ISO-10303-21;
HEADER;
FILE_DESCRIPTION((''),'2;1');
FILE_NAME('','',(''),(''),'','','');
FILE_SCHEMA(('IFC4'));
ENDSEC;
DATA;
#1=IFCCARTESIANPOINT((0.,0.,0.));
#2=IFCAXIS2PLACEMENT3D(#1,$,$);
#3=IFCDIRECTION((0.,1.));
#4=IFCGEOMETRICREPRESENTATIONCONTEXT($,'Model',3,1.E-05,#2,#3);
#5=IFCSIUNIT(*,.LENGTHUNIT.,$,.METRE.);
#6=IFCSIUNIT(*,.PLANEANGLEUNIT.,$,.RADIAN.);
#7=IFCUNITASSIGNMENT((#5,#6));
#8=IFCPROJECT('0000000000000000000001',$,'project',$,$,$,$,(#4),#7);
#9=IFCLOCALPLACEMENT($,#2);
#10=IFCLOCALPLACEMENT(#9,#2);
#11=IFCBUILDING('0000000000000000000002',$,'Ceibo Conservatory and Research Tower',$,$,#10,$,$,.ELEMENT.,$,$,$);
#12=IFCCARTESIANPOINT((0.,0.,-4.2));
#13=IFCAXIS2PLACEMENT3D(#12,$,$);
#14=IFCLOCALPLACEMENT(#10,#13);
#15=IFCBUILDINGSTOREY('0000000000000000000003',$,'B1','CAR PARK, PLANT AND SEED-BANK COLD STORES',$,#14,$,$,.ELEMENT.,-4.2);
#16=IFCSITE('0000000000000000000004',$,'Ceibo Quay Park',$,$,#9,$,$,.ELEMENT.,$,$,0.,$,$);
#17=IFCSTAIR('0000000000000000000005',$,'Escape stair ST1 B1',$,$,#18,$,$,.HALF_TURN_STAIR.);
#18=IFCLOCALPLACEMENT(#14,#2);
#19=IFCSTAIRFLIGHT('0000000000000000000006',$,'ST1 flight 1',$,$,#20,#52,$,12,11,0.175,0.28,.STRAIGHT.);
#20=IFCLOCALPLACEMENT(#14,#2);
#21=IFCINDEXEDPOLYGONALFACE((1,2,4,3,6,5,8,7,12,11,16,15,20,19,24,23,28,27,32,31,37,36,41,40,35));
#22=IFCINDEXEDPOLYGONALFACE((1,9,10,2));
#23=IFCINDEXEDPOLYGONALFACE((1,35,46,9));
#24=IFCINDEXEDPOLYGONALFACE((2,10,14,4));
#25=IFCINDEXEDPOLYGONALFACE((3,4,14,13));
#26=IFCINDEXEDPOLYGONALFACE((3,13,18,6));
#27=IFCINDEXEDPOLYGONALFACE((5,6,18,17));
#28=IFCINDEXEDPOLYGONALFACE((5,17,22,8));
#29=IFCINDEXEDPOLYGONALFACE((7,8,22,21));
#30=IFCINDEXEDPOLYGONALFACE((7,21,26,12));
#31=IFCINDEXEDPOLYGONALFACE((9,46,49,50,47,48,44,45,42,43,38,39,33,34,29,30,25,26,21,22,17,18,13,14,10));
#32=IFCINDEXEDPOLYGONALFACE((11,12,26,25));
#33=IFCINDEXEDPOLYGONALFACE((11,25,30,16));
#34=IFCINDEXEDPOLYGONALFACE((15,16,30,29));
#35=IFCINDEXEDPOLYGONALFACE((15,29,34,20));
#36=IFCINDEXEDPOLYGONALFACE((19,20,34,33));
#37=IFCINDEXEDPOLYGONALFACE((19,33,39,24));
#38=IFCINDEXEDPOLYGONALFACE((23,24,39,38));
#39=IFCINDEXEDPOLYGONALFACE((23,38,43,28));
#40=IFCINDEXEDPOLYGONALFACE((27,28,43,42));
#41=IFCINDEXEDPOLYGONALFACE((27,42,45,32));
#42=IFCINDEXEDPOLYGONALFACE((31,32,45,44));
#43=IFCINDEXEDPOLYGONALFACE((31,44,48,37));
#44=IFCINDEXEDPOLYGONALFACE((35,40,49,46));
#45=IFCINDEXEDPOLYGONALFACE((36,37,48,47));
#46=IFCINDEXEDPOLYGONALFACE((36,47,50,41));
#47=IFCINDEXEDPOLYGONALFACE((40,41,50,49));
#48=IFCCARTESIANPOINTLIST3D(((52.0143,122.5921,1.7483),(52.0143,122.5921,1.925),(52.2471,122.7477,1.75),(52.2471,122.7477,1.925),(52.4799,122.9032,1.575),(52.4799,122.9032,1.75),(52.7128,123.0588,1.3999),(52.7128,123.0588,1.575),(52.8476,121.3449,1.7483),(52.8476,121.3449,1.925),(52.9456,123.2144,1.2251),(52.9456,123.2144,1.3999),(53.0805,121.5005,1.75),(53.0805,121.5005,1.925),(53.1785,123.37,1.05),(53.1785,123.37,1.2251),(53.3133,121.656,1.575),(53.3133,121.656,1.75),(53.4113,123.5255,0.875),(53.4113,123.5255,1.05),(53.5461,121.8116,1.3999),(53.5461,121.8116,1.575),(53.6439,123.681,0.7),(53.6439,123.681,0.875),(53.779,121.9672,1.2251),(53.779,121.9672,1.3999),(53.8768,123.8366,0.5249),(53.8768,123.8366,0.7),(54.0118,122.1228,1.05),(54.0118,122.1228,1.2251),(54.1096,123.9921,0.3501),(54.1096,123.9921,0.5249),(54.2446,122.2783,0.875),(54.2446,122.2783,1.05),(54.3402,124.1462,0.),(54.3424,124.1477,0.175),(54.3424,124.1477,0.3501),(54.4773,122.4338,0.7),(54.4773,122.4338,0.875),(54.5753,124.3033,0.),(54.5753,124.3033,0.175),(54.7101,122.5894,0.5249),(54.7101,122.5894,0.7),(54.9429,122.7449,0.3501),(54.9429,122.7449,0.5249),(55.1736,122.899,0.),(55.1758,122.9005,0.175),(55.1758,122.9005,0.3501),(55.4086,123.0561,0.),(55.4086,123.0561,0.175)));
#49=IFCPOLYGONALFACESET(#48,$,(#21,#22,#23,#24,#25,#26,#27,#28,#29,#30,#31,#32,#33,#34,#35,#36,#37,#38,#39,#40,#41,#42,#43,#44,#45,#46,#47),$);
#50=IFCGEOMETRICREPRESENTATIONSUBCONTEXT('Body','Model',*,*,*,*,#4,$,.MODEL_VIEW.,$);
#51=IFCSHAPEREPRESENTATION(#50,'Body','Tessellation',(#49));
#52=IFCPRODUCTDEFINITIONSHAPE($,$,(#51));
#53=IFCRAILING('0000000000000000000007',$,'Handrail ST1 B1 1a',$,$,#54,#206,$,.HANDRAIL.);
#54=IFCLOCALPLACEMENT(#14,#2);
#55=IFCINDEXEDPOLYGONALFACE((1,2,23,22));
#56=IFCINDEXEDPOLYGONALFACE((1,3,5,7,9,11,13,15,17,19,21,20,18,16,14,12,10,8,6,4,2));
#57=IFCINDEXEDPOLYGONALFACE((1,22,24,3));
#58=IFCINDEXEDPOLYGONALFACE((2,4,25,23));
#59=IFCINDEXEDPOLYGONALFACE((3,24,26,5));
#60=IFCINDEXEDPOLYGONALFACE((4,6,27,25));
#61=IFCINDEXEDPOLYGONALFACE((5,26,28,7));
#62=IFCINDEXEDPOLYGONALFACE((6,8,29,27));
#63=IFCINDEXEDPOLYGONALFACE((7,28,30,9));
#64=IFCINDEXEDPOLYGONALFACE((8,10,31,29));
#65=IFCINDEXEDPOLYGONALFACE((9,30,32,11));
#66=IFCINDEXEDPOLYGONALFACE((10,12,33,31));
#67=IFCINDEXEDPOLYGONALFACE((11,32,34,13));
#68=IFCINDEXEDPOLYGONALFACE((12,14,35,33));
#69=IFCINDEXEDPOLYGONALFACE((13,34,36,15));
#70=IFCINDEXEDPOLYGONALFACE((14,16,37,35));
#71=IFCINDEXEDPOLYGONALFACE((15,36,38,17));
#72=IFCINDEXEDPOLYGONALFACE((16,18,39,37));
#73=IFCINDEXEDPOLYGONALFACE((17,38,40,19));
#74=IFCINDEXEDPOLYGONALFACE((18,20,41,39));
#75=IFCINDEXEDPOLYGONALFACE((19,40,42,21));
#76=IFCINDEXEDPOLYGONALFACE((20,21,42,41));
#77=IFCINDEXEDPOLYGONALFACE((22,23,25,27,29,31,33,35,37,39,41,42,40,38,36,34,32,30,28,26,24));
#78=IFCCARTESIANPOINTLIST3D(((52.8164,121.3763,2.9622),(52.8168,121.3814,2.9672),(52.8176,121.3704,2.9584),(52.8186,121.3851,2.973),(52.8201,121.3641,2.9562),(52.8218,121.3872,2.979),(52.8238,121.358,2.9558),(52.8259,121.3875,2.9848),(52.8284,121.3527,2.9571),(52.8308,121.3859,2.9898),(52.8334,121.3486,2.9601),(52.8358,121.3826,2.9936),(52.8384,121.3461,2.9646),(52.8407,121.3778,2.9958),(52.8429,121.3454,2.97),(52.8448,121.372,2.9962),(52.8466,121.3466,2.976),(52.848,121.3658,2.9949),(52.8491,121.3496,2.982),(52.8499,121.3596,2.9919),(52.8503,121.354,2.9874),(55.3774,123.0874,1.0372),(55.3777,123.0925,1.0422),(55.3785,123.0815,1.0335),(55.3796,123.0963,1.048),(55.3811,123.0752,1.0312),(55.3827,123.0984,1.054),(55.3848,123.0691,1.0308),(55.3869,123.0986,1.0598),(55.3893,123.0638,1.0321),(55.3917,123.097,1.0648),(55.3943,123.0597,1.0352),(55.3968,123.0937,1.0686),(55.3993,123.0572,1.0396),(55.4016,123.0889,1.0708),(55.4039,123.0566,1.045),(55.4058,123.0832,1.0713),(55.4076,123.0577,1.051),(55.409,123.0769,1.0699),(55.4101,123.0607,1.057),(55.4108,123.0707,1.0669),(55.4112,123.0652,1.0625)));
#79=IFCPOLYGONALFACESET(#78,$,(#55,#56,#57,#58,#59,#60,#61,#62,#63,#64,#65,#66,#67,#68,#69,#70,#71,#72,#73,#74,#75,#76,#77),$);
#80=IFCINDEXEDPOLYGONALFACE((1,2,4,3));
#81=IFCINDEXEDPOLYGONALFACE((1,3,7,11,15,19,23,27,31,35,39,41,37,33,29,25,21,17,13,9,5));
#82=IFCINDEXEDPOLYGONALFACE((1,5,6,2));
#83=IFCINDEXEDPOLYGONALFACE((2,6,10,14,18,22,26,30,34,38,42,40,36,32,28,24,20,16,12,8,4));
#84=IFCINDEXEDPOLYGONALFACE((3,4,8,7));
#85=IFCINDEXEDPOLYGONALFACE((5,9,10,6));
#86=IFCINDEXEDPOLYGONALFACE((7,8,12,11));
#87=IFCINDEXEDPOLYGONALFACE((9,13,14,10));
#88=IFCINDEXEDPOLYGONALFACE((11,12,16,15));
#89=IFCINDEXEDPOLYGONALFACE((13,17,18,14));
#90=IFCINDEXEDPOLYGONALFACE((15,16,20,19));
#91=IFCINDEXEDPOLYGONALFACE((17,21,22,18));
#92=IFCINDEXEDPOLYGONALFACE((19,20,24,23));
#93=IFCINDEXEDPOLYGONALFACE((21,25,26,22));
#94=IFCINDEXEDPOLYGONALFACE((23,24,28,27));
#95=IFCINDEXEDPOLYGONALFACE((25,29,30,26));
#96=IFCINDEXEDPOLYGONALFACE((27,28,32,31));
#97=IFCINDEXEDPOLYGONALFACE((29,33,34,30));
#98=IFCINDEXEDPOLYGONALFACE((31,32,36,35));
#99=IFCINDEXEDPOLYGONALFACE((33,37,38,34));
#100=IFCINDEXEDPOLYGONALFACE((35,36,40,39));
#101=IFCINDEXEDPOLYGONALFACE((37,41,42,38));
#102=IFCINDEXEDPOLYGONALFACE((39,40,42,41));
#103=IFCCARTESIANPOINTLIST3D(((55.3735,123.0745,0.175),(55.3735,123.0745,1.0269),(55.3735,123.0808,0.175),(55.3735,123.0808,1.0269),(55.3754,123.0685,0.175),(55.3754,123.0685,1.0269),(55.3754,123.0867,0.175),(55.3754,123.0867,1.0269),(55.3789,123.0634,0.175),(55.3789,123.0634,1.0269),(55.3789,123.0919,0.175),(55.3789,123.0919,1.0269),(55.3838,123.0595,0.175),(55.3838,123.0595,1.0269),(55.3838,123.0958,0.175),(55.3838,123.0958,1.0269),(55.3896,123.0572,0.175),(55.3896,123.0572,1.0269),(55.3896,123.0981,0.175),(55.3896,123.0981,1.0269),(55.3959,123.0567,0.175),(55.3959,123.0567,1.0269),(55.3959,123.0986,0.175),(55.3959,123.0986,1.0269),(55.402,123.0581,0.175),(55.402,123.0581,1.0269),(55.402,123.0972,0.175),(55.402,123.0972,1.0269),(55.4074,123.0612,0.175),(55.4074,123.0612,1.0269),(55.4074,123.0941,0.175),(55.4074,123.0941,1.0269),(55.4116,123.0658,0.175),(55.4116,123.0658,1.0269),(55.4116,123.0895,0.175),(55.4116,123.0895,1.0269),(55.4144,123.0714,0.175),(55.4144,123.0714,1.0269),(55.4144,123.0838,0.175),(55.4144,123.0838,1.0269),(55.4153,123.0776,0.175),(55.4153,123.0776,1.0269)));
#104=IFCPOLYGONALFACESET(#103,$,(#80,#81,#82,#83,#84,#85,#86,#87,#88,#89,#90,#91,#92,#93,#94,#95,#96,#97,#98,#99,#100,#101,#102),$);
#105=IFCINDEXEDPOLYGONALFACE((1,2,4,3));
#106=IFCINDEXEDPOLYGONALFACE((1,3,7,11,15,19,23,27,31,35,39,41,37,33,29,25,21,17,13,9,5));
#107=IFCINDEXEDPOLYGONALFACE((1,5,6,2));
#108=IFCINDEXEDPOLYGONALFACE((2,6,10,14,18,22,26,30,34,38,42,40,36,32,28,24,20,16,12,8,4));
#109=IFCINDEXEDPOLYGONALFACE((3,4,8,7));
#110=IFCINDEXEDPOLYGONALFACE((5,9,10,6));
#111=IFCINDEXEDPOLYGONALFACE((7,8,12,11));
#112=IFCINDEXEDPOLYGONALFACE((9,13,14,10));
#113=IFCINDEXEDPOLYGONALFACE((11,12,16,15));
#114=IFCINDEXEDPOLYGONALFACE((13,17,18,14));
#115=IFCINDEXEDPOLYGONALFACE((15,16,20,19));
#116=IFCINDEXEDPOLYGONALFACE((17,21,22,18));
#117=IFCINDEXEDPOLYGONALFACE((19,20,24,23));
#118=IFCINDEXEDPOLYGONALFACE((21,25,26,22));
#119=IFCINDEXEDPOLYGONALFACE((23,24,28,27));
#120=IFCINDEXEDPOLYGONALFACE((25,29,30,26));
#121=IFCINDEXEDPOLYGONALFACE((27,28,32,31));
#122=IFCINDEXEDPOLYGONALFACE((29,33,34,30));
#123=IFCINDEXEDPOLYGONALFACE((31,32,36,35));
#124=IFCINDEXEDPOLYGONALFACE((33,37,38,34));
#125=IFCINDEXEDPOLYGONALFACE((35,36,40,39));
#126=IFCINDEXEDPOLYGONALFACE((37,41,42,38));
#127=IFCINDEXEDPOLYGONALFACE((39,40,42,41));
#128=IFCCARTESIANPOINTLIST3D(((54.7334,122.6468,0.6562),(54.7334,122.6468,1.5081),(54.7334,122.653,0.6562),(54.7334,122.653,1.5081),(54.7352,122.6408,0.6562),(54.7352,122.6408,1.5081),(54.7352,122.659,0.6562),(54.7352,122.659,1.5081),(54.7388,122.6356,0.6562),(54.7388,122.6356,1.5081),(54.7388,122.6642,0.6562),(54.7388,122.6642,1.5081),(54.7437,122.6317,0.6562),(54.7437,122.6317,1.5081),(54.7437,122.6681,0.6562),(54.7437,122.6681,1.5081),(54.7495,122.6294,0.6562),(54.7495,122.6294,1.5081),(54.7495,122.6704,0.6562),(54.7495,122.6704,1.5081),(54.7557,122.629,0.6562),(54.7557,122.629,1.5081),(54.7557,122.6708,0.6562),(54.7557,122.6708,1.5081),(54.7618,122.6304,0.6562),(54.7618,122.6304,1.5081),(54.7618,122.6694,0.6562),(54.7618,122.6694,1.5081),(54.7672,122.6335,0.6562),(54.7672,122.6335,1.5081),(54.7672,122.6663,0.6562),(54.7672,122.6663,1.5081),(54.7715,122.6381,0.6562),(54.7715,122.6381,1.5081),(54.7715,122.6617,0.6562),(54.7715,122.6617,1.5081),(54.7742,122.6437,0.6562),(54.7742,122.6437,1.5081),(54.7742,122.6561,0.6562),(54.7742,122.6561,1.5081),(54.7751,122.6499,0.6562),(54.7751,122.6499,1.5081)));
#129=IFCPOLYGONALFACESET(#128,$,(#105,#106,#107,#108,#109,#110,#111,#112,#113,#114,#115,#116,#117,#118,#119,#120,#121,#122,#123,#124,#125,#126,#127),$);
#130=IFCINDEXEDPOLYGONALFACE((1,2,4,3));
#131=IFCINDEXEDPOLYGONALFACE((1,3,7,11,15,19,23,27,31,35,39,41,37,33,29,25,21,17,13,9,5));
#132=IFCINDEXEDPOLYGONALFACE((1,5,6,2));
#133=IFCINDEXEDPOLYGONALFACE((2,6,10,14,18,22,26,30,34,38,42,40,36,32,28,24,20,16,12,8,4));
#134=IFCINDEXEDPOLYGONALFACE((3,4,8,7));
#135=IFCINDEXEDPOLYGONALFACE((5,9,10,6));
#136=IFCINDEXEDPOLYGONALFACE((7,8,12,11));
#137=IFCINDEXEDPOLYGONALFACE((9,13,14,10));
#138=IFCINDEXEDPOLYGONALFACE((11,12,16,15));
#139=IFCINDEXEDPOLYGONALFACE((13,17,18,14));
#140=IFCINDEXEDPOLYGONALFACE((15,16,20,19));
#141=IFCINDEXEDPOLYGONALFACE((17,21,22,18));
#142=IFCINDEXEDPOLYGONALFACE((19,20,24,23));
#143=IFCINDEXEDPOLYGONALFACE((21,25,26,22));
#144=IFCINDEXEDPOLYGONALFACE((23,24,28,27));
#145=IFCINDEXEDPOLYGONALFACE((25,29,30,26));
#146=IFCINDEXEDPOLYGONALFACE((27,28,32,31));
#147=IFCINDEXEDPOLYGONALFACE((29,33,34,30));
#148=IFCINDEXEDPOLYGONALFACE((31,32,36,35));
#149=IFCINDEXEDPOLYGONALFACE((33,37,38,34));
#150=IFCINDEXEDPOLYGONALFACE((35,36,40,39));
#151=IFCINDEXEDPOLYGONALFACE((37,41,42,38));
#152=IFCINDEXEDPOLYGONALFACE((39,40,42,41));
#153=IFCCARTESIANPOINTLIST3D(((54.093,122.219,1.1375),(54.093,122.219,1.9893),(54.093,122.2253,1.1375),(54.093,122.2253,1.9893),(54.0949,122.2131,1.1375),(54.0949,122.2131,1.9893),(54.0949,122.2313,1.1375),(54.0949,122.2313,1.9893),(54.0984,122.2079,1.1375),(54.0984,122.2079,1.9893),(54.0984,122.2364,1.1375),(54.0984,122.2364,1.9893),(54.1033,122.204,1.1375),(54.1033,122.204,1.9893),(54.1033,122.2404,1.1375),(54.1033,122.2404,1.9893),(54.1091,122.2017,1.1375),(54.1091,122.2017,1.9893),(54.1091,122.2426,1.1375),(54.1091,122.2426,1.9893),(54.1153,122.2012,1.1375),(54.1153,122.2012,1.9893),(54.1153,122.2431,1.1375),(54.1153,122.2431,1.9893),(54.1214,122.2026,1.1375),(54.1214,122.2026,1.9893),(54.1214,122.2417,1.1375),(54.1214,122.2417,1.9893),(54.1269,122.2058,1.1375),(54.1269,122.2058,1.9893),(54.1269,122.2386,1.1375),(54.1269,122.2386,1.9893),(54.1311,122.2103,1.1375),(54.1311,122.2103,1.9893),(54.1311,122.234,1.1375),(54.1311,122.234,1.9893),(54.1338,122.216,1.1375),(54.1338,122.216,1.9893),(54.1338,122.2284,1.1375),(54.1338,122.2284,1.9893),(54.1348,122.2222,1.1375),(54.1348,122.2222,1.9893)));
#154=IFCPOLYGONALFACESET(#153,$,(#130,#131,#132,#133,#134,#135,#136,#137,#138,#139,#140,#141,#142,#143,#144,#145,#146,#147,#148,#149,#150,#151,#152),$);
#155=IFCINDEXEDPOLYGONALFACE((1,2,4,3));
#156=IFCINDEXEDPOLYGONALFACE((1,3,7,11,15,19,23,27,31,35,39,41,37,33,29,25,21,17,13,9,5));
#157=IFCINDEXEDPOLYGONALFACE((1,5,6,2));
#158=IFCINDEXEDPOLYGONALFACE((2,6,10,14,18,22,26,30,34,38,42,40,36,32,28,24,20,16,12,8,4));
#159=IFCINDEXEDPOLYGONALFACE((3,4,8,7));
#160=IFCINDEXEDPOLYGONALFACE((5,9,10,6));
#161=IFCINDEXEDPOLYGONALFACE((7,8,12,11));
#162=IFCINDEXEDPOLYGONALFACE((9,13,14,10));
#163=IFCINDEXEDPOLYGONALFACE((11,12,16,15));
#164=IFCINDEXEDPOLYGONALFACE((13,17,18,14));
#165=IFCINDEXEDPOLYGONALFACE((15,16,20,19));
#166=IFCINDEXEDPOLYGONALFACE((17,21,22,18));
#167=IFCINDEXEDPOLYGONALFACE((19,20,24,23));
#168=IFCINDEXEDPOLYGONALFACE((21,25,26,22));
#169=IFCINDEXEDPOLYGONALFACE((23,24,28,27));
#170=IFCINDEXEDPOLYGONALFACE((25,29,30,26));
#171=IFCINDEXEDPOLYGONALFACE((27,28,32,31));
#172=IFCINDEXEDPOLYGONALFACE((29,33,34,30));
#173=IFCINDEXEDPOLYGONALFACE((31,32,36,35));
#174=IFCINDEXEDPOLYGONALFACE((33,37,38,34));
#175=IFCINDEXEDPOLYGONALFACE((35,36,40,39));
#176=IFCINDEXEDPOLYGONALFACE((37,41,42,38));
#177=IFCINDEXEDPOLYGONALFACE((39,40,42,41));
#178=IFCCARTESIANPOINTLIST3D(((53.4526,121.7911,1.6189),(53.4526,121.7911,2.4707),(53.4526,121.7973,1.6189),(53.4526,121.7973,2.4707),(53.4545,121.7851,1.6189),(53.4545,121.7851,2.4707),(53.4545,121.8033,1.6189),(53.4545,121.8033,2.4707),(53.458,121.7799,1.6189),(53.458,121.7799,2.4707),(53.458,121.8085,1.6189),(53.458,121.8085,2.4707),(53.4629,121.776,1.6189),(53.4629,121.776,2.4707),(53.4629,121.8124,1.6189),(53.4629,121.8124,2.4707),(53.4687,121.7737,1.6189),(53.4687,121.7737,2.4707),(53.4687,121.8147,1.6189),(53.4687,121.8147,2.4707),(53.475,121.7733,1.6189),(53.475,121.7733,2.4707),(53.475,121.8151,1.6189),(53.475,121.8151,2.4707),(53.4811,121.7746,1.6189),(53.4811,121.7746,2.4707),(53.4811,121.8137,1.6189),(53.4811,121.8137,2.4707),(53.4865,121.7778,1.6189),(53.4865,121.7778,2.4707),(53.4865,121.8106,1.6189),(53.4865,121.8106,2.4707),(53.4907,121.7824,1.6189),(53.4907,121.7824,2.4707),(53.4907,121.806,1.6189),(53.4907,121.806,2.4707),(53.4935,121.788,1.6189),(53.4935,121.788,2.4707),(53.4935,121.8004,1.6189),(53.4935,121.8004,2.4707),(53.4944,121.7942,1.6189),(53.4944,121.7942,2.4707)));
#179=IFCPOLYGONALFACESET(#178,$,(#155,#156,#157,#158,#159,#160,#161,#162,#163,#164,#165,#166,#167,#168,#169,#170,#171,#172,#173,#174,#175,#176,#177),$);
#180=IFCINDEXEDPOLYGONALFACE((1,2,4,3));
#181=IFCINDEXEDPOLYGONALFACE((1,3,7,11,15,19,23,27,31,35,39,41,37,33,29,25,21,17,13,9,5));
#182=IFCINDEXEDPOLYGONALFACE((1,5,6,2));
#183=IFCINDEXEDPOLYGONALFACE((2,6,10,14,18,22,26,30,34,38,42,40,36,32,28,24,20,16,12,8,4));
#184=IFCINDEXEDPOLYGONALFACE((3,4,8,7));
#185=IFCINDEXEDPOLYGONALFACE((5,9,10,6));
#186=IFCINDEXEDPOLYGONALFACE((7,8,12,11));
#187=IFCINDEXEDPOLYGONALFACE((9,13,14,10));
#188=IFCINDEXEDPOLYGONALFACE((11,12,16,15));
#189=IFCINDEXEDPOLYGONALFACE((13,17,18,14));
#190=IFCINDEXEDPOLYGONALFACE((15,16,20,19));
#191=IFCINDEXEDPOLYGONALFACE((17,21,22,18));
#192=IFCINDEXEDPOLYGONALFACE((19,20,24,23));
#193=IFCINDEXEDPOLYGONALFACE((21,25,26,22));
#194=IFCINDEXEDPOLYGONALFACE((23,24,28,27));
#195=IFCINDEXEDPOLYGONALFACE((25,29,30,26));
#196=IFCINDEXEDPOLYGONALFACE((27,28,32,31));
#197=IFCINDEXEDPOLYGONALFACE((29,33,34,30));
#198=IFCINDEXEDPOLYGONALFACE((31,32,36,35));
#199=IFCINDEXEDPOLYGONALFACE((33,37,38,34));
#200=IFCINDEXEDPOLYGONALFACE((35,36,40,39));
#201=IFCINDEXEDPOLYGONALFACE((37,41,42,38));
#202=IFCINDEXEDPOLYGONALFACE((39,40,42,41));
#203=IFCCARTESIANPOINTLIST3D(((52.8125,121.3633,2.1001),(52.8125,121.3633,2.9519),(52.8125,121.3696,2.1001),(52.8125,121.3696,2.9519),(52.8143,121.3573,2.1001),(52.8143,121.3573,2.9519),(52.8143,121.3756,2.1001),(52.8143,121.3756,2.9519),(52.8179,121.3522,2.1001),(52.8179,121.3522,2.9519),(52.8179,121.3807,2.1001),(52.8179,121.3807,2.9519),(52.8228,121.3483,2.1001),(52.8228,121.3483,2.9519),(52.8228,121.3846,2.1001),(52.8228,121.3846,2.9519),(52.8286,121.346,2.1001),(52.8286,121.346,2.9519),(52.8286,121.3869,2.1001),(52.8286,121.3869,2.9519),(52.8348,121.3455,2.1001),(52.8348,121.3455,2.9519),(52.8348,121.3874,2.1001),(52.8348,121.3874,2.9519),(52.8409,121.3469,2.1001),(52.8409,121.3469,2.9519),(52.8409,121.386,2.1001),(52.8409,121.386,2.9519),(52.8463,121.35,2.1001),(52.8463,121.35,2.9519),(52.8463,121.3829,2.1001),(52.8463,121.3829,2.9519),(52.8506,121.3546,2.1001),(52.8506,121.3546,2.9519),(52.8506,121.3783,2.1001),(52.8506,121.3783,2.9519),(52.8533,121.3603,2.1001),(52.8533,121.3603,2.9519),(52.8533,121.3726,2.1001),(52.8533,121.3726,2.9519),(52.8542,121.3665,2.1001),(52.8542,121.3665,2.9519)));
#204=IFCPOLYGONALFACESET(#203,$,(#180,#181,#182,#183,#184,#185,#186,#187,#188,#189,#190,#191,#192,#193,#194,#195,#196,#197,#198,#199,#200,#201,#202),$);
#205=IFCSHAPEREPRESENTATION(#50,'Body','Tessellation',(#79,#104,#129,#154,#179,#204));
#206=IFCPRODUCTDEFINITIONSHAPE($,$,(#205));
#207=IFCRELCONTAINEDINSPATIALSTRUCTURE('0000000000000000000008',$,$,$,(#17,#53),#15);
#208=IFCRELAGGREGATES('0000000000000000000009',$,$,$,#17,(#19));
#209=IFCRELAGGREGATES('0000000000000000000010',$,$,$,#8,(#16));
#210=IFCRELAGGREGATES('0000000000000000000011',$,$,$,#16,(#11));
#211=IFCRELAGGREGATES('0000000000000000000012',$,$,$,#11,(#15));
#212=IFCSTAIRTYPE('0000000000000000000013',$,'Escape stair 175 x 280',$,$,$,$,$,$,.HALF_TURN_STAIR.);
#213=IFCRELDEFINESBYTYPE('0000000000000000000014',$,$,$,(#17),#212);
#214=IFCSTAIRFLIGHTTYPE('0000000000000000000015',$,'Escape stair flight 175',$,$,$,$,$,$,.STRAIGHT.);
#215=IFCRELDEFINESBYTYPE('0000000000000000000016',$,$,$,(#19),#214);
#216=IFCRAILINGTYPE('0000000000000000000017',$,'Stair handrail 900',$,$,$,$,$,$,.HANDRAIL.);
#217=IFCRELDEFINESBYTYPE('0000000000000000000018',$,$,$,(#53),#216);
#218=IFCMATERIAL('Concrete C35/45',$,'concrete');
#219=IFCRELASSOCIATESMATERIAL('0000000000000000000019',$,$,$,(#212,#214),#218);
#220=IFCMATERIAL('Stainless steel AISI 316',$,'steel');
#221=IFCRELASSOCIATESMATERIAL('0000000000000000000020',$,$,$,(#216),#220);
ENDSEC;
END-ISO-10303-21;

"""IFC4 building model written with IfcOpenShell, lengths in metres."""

from ifc_helpers import new_model, si_unit, direction, frame, origin, origin_2d, place, context, subcontext, project, spatial, polyline, circle, outline, extrude, material, type_object, element, aggregate, save


model = new_model("IFC4")

# Units and contexts
model_context = context("Model", 3, precision=1e-05, world=origin(), true_north=direction((0.0, 1.0)))
body_context = subcontext(model_context, "Body", "Model", "MODEL_VIEW")
ifc_project = project(units=[si_unit("LENGTHUNIT", "METRE"), si_unit("PLANEANGLEUNIT", "RADIAN")], contexts=[model_context])

# Site, building, storey
site_placement = place(None, origin())
site = spatial("IfcSite", under=ifc_project, at=site_placement, Name="Ceibo Quay Park", CompositionType="ELEMENT", RefElevation=0.0)
building_placement = place(site_placement, origin())
building = spatial("IfcBuilding", under=site, at=building_placement, Name="Ceibo Conservatory and Research Tower", CompositionType="ELEMENT")
storey_placement = place(building_placement, frame((0.0, 0.0, -4.2)))
storey = spatial("IfcBuildingStorey", under=building, at=storey_placement, Name="B1", Description="CAR PARK, PLANT AND SEED-BANK COLD STORES", CompositionType="ELEMENT", Elevation=-4.2)

# Shared definitions
ifc_material_1 = material(Name="Concrete C35/45", Category="concrete")

# Stair
stair_type = type_object("IfcStairType", Name="Escape stair 175 x 280", PredefinedType="HALF_TURN_STAIR", material=ifc_material_1)
stair_placement = place(storey_placement, origin())
stair = element("IfcStair", 1, at=stair_placement, inside=storey, type_object=stair_type, Name="Escape stair ST1 B1", PredefinedType="HALF_TURN_STAIR")

# Stair flight
stair_flight_type = type_object("IfcStairFlightType", Name="Escape stair flight 175", PredefinedType="STRAIGHT", material=ifc_material_1)
stair_flight_placement = place(storey_placement, frame((54.9919, 123.6797, 0.0), z_axis=(0.0, 0.0, 1.0), x_axis=(-0.83147, -0.55557, 0.0)))
stair_flight = element("IfcStairFlight", 2, at=stair_flight_placement, type_object=stair_flight_type, Name="ST1 flight 1", NumberOfRisers=12, NumberOfTreads=11, PredefinedType="STRAIGHT", RiserHeight=0.175, TreadLength=0.28, context=body_context, shape_type="SweptSolid", body=[
    extrude(outline(polyline([(0.0, 0.0), (0.0, 0.175), (0.28, 0.175), (0.28, 0.3501), (0.5601, 0.3501), (0.5601, 0.5249), (0.8401, 0.5249), (0.8401, 0.7), (1.1201, 0.7), (1.1201, 0.875), (1.3999, 0.875), (1.3999, 1.05), (1.6799, 1.05), (1.6799, 1.2251), (1.96, 1.2251), (1.96, 1.3999), (2.24, 1.3999), (2.24, 1.575), (2.52, 1.575), (2.52, 1.75), (2.8, 1.75), (2.8, 1.925), (3.0801, 1.925), (3.0801, 2.1001), (3.0801, 1.7483), (0.2827, 0.0), (0.0, 0.0)])), frame((0.0, 0.75, 0.0), z_axis=(0.0, -1.0, 0.0), x_axis=(1.0, 0.0, 0.0)), (0.0, 0.0, 1.0), 1.5),
])
aggregate(stair, [stair_flight])

# Railing
ifc_material_2 = material(Name="Stainless steel AISI 316", Category="steel")
railing_type = type_object("IfcRailingType", Name="Stair handrail 900", PredefinedType="HANDRAIL", material=ifc_material_2)
railing_1_placement = place(storey_placement, frame((55.3943, 123.0776, 0.175)))
element("IfcRailing", 3, at=railing_1_placement, inside=storey, type_object=railing_type, Name="Handrail ST1 B1 1a", PredefinedType="HANDRAIL", context=body_context, shape_type="SweptSolid", body=[
    extrude(circle(Radius=0.0239, at=origin_2d()), frame((0.0, 0.0, 0.876), z_axis=(-0.705093, -0.471115, 0.529996), x_axis=(0.55556, -0.831477, 0.0)), (0.0, 0.0, 1.0), 3.6321),
    extrude(circle(Radius=0.021, at=origin_2d()), origin(), (0.0, 0.0, 1.0), 0.8518),
    extrude(circle(Radius=0.021, at=origin_2d()), frame((-0.6401, -0.4277, 0.4812)), (0.0, 0.0, 1.0), 0.8518),
    extrude(circle(Radius=0.021, at=origin_2d()), frame((-1.2805, -0.8555, 0.9624)), (0.0, 0.0, 1.0), 0.8518),
    extrude(circle(Radius=0.021, at=origin_2d()), frame((-1.9209, -1.2834, 1.4438)), (0.0, 0.0, 1.0), 0.8518),
    extrude(circle(Radius=0.021, at=origin_2d()), frame((-2.561, -1.7112, 1.925)), (0.0, 0.0, 1.0), 0.8518),
])

save(model, "model.ifc")
